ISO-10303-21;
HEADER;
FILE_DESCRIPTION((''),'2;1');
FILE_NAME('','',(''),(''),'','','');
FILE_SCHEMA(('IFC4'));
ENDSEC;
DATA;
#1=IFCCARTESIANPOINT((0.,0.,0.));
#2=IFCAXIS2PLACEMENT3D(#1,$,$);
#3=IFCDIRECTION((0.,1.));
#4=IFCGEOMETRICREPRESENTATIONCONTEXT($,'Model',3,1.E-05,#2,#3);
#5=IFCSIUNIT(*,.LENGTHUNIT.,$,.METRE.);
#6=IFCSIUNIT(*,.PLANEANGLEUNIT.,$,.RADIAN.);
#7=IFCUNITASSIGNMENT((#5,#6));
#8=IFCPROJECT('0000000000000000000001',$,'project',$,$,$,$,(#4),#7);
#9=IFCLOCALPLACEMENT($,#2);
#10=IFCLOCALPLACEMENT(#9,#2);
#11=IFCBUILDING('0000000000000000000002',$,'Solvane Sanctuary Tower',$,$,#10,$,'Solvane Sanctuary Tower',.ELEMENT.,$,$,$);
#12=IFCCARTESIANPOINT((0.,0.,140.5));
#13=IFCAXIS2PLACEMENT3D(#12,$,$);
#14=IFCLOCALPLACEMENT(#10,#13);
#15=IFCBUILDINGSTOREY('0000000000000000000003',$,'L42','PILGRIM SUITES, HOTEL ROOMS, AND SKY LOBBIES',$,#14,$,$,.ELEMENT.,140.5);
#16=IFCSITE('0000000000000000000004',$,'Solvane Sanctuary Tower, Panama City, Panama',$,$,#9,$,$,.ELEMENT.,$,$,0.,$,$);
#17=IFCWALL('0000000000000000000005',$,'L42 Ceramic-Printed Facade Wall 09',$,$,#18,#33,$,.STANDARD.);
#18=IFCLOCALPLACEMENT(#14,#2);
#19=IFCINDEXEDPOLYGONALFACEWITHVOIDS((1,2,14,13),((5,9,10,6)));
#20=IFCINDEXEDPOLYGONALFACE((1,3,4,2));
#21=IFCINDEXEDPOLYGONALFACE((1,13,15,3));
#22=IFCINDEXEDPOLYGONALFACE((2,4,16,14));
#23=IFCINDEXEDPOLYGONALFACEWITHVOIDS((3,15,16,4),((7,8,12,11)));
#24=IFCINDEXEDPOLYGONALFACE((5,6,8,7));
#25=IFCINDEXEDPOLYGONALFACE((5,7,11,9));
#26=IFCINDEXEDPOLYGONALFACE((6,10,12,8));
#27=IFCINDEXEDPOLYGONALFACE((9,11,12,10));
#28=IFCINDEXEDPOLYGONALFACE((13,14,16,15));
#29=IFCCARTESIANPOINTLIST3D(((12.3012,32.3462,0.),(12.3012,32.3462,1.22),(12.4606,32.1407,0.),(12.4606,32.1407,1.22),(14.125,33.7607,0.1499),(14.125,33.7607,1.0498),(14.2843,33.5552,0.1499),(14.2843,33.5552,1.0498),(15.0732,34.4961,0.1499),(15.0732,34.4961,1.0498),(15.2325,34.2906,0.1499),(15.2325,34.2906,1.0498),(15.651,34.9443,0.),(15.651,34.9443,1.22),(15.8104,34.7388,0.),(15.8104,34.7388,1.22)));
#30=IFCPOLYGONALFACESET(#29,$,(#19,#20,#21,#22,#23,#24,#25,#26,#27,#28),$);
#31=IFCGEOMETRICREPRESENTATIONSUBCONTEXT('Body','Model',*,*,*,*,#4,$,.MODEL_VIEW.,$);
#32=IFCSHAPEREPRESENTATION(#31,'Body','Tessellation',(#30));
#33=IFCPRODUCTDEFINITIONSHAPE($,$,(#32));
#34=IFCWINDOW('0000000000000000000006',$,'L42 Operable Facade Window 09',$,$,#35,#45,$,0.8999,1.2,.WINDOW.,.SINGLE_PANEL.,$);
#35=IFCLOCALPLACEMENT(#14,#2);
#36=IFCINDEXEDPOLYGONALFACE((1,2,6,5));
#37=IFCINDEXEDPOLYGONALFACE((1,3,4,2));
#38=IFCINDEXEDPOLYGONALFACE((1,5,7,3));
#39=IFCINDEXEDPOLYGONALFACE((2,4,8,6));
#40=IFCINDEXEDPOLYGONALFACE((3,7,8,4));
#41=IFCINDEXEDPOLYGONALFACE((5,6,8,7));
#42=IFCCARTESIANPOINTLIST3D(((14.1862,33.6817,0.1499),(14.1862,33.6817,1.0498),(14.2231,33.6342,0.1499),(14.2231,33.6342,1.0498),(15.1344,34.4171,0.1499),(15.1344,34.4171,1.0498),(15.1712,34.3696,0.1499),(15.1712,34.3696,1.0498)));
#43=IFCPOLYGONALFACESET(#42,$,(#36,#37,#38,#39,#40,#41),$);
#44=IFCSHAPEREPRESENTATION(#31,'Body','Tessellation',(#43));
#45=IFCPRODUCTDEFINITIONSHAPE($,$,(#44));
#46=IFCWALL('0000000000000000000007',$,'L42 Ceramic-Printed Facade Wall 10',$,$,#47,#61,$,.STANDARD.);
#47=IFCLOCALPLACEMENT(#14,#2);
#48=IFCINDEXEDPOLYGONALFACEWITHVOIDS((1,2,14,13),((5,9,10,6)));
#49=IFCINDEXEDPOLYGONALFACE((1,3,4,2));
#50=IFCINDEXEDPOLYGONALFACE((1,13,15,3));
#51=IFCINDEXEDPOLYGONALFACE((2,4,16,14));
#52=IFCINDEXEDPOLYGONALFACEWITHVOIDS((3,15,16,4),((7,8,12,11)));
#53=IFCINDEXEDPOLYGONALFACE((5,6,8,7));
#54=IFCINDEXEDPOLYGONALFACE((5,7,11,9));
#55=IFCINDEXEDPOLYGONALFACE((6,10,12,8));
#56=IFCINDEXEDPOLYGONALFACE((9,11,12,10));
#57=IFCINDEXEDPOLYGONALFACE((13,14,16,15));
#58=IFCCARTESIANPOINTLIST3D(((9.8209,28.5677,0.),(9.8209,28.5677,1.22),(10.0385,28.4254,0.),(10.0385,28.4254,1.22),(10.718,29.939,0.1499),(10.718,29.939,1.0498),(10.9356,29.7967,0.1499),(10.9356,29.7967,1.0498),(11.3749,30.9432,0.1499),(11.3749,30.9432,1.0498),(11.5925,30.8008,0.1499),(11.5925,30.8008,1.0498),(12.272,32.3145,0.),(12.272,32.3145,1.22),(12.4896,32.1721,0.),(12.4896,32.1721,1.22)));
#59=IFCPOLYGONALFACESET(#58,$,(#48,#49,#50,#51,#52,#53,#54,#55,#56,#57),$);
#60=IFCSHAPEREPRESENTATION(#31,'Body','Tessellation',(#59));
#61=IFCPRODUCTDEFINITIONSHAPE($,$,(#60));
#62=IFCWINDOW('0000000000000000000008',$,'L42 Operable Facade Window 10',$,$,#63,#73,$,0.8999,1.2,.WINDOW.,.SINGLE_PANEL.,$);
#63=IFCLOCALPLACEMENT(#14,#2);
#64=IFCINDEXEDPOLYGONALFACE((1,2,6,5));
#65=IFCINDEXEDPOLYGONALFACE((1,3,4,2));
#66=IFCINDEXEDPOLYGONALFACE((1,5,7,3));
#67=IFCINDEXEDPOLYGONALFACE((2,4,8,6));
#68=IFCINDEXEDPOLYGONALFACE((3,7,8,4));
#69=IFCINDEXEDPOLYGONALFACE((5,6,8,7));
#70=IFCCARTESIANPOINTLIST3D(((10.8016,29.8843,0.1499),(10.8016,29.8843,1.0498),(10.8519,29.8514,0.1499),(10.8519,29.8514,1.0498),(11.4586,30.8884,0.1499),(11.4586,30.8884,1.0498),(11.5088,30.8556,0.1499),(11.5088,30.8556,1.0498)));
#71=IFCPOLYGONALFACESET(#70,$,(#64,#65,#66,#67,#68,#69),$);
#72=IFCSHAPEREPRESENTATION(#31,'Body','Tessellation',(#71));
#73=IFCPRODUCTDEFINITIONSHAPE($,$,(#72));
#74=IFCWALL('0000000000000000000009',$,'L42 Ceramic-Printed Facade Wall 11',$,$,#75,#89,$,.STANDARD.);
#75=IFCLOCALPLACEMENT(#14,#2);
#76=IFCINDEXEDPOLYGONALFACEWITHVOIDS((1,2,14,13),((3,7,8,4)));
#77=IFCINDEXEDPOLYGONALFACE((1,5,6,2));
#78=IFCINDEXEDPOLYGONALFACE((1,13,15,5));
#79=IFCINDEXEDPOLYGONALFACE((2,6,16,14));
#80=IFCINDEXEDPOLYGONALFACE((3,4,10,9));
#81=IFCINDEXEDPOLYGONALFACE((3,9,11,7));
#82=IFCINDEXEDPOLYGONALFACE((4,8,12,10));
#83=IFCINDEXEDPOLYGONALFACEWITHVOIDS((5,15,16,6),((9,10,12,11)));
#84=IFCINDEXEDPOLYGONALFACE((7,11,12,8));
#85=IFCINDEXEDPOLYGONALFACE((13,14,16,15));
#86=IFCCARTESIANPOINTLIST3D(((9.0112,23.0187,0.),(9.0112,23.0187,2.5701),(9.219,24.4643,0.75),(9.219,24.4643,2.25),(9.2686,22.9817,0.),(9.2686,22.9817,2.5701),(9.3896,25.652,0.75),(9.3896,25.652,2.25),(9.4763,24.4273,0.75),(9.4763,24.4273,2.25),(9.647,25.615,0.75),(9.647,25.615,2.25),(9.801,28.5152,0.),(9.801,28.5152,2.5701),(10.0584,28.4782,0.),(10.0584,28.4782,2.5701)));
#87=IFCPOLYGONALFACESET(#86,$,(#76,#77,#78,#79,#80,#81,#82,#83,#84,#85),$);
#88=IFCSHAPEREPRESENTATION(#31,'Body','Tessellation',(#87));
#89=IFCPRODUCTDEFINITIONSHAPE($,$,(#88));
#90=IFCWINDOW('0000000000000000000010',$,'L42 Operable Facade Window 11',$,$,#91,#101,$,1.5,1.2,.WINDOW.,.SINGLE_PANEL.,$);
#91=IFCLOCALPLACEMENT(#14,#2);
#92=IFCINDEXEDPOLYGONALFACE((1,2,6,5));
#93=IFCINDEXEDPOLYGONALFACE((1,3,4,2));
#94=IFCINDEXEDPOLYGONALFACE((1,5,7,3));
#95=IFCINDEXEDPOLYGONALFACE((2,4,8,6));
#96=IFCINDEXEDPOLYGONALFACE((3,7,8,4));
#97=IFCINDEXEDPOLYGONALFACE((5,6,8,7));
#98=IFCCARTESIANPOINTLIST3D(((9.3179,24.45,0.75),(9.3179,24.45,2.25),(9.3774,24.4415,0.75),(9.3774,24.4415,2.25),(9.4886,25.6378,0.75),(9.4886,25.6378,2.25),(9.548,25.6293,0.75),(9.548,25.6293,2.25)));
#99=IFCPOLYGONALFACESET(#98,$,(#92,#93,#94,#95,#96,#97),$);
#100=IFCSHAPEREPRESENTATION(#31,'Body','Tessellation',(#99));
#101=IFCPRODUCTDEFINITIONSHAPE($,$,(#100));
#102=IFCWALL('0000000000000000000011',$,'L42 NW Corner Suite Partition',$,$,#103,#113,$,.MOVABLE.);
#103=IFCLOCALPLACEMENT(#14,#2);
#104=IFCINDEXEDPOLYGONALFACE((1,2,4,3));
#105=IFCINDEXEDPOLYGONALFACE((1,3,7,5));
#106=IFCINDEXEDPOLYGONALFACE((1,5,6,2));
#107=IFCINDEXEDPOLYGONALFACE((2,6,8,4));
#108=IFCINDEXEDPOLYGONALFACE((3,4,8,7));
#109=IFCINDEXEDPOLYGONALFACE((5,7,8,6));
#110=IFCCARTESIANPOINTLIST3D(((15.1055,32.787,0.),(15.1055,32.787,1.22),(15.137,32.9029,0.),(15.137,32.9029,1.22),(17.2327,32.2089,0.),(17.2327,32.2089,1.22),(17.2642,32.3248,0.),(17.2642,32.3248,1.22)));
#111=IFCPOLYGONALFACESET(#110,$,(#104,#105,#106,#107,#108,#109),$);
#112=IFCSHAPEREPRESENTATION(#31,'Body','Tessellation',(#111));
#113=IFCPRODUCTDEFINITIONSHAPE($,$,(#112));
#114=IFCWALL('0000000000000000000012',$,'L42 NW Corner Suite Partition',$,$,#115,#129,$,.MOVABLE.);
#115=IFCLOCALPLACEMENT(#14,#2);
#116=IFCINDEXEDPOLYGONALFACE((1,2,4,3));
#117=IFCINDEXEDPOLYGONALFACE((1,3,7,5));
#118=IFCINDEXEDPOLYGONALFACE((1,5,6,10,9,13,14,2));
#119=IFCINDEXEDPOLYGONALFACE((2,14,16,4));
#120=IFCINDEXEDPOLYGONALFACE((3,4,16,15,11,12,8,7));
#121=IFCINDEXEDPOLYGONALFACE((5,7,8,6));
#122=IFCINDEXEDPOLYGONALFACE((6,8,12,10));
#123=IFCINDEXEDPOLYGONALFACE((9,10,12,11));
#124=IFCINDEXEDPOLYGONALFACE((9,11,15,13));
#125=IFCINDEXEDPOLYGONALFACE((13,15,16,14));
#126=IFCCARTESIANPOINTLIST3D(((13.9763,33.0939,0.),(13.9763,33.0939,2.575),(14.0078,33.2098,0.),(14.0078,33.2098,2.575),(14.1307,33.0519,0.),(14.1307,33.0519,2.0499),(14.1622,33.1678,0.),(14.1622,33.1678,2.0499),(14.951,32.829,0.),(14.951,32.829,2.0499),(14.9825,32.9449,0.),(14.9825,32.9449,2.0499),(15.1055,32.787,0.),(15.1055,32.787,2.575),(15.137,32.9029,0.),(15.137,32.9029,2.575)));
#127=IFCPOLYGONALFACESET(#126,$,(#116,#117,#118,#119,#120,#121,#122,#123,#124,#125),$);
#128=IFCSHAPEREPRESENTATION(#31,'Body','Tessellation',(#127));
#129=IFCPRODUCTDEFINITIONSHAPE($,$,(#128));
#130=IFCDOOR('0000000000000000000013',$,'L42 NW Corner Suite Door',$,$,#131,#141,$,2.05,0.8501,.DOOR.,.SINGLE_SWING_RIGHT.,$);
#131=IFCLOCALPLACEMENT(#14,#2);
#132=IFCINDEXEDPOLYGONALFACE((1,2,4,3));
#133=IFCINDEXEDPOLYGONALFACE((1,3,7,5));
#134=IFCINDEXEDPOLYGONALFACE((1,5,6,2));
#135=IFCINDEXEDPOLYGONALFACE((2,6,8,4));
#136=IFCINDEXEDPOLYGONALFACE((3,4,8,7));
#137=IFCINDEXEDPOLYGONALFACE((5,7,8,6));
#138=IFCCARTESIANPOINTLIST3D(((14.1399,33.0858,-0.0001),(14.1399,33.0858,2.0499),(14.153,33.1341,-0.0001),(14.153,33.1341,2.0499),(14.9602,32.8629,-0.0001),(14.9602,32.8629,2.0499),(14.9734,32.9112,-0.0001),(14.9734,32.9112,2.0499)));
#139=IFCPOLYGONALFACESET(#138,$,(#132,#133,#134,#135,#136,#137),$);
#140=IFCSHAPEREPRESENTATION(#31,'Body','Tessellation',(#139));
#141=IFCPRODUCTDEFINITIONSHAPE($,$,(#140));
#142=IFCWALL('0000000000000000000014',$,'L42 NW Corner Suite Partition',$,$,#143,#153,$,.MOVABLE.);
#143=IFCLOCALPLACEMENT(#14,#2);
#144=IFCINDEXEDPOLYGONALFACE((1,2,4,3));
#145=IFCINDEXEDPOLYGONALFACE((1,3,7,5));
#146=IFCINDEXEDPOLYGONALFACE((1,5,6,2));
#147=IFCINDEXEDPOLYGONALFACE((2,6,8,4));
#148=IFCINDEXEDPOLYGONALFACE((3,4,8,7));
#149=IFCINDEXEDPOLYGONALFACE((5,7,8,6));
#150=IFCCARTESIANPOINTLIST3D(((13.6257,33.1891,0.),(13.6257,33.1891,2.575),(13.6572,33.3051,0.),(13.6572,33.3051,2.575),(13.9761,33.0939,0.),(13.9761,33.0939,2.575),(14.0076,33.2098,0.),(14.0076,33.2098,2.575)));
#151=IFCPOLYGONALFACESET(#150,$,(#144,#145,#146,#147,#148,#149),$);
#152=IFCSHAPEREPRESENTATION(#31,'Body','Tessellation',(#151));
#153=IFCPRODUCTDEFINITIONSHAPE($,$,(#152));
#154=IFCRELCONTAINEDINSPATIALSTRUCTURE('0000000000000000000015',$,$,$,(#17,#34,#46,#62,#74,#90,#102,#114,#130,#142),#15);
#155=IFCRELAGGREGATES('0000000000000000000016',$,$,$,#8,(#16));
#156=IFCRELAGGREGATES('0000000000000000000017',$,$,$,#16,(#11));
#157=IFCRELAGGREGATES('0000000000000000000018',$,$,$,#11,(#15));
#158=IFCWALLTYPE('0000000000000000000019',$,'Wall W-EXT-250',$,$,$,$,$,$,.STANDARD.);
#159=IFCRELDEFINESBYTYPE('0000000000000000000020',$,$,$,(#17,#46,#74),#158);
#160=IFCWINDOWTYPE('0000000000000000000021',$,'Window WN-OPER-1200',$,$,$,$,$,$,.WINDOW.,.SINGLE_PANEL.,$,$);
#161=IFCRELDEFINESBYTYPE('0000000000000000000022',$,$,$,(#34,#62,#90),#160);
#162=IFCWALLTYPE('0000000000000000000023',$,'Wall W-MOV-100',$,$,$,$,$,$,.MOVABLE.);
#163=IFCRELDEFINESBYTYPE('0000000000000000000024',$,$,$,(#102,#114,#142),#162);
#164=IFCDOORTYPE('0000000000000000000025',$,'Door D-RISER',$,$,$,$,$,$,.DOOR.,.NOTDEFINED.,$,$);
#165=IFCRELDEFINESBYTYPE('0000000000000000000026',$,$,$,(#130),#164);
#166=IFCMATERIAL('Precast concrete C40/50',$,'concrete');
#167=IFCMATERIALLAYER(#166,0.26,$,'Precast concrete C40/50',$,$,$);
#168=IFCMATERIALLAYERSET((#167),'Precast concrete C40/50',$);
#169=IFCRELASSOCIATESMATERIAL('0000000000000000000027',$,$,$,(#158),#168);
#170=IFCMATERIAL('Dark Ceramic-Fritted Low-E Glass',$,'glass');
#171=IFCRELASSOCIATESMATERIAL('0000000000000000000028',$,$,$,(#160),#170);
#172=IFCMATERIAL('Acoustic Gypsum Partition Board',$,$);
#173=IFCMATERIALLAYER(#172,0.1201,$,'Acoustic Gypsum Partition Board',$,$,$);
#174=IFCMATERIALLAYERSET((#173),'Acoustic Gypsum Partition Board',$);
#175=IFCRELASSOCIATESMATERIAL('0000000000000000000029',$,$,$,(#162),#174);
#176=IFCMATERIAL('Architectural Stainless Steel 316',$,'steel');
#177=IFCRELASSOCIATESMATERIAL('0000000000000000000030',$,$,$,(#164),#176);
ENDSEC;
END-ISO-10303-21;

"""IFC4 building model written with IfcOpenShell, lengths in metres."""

from ifc_helpers import new_model, si_unit, direction, frame, frame_2d, origin, place, context, subcontext, project, spatial, rectangle, extrude, material, layer, layer_set, type_object, element, fill, save


model = new_model("IFC4")

# Units and contexts
model_context = context("Model", 3, precision=1e-05, world=origin(), true_north=direction((0.0, 1.0)))
body_context = subcontext(model_context, "Body", "Model", "MODEL_VIEW")
ifc_project = project(units=[si_unit("LENGTHUNIT", "METRE"), si_unit("PLANEANGLEUNIT", "RADIAN")], contexts=[model_context])

# Site, building, storey
site_placement = place(None, origin())
site = spatial("IfcSite", under=ifc_project, at=site_placement, Name="Solvane Sanctuary Tower, Panama City, Panama", CompositionType="ELEMENT", RefElevation=0.0)
building_placement = place(site_placement, origin())
building = spatial("IfcBuilding", under=site, at=building_placement, Name="Solvane Sanctuary Tower", LongName="Solvane Sanctuary Tower", CompositionType="ELEMENT")
storey_placement = place(building_placement, frame((0.0, 0.0, 140.5)))
storey = spatial("IfcBuildingStorey", under=building, at=storey_placement, Name="L42", Description="PILGRIM SUITES, HOTEL ROOMS, AND SKY LOBBIES", CompositionType="ELEMENT", Elevation=140.5)

# Shared definitions
ifc_material_1 = material(Name="Acoustic Gypsum Partition Board")

# Shared definitions
ifc_material_2 = material(Name="Precast concrete C40/50", Category="concrete")
ifc_layer_1 = layer(ifc_material_2, 0.26, Name="Precast concrete C40/50")
ifc_layer_set_1 = layer_set([ifc_layer_1], Name="Precast concrete C40/50")
wall_type_1 = type_object("IfcWallType", Name="Wall W-EXT-250", PredefinedType="STANDARD", material=ifc_layer_set_1)

# Walls, openings, windows
wall_1_placement = place(storey_placement, frame((15.7307, 34.8416, 0.0), z_axis=(0.0, 0.0, 1.0), x_axis=(-0.790186, -0.612868, 0.0)))
wall_1 = element("IfcWall", 1, at=wall_1_placement, inside=storey, type_object=wall_type_1, Name="L42 Ceramic-Printed Facade Wall 09", PredefinedType="STANDARD", context=body_context, shape_type="SweptSolid", body=[
    extrude(rectangle(XDim=4.2393, YDim=0.26, at=frame_2d((2.1196, 0.0))), origin(), (0.0, 0.0, 1.0), 1.22),
])
opening_1_placement = place(wall_1_placement, frame((0.7312, 0.0, 0.1499)))
opening_1 = element("IfcOpeningElement", 2, at=opening_1_placement, cuts=wall_1, PredefinedType="OPENING", context=body_context, shape_type="SweptSolid", body=[
    extrude(rectangle(XDim=1.2, YDim=0.8999, at=frame_2d((0.6001, 0.45))), frame((0.0, 0.1399, 0.0), z_axis=(0.0, -1.0, 0.0), x_axis=(1.0, 0.0, 0.0)), (0.0, 0.0, 1.0), 0.28),
])
ifc_material_3 = material(Name="Dark Ceramic-Fritted Low-E Glass", Category="glass")
window_type = type_object("IfcWindowType", Name="Window WN-OPER-1200", PartitioningType="SINGLE_PANEL", PredefinedType="WINDOW", material=ifc_material_3)
window_1_placement = place(opening_1_placement, origin())
window_1 = element("IfcWindow", 3, at=window_1_placement, inside=storey, type_object=window_type, Name="L42 Operable Facade Window 09", OverallHeight=0.8999, OverallWidth=1.2, PartitioningType="SINGLE_PANEL", PredefinedType="WINDOW", context=body_context, shape_type="SweptSolid", body=[
    extrude(rectangle(XDim=1.2, YDim=0.8999, at=frame_2d((0.6001, 0.45))), frame((0.0, 0.03, 0.0), z_axis=(0.0, -1.0, 0.0), x_axis=(1.0, 0.0, 0.0)), (0.0, 0.0, 1.0), 0.0601),
])
fill(opening_1, window_1)
wall_2_placement = place(storey_placement, frame((12.3809, 32.2434, 0.0), z_axis=(0.0, 0.0, 1.0), x_axis=(-0.547456, -0.836834, 0.0)))
wall_2 = element("IfcWall", 4, at=wall_2_placement, inside=storey, type_object=wall_type_1, Name="L42 Ceramic-Printed Facade Wall 10", PredefinedType="STANDARD", context=body_context, shape_type="SweptSolid", body=[
    extrude(rectangle(XDim=4.4773, YDim=0.26, at=frame_2d((2.2388, 0.0))), origin(), (0.0, 0.0, 1.0), 1.22),
])
opening_2_placement = place(wall_2_placement, frame((1.6387, 0.0, 0.1499)))
opening_2 = element("IfcOpeningElement", 5, at=opening_2_placement, cuts=wall_2, PredefinedType="OPENING", context=body_context, shape_type="SweptSolid", body=[
    extrude(rectangle(XDim=1.2, YDim=0.8999, at=frame_2d((0.6001, 0.45))), frame((0.0, 0.1399, 0.0), z_axis=(0.0, -1.0, 0.0), x_axis=(1.0, 0.0, 0.0)), (0.0, 0.0, 1.0), 0.28),
])
window_2_placement = place(opening_2_placement, origin())
window_2 = element("IfcWindow", 6, at=window_2_placement, inside=storey, type_object=window_type, Name="L42 Operable Facade Window 10", OverallHeight=0.8999, OverallWidth=1.2, PartitioningType="SINGLE_PANEL", PredefinedType="WINDOW", context=body_context, shape_type="SweptSolid", body=[
    extrude(rectangle(XDim=1.2, YDim=0.8999, at=frame_2d((0.6001, 0.45))), frame((0.0, 0.03, 0.0), z_axis=(0.0, -1.0, 0.0), x_axis=(1.0, 0.0, 0.0)), (0.0, 0.0, 1.0), 0.0601),
])
fill(opening_2, window_2)
wall_3_placement = place(storey_placement, frame((9.9297, 28.4966, 0.0), z_axis=(0.0, 0.0, 1.0), x_axis=(-0.142228, -0.989834, 0.0)))
wall_3 = element("IfcWall", 7, at=wall_3_placement, inside=storey, type_object=wall_type_1, Name="L42 Ceramic-Printed Facade Wall 11", PredefinedType="STANDARD", context=body_context, shape_type="SweptSolid", body=[
    extrude(rectangle(XDim=5.553, YDim=0.26, at=frame_2d((2.7764, 0.0))), origin(), (0.0, 0.0, 1.0), 2.5701),
])
opening_3_placement = place(wall_3_placement, frame((2.8923, 0.0, 0.75)))
opening_3 = element("IfcOpeningElement", 8, at=opening_3_placement, cuts=wall_3, PredefinedType="OPENING", context=body_context, shape_type="SweptSolid", body=[
    extrude(rectangle(XDim=1.2, YDim=1.5, at=frame_2d((0.6001, 0.75))), frame((0.0, 0.1399, 0.0), z_axis=(0.0, -1.0, 0.0), x_axis=(1.0, 0.0, 0.0)), (0.0, 0.0, 1.0), 0.28),
])
window_3_placement = place(opening_3_placement, origin())
window_3 = element("IfcWindow", 9, at=window_3_placement, inside=storey, type_object=window_type, Name="L42 Operable Facade Window 11", OverallHeight=1.5, OverallWidth=1.2, PartitioningType="SINGLE_PANEL", PredefinedType="WINDOW", context=body_context, shape_type="SweptSolid", body=[
    extrude(rectangle(XDim=1.2, YDim=1.5, at=frame_2d((0.6001, 0.75))), frame((0.0, 0.03, 0.0), z_axis=(0.0, -1.0, 0.0), x_axis=(1.0, 0.0, 0.0)), (0.0, 0.0, 1.0), 0.0601),
])
fill(opening_3, window_3)

# Wall
ifc_layer_2 = layer(ifc_material_1, 0.1201, Name="Acoustic Gypsum Partition Board")
ifc_layer_set_2 = layer_set([ifc_layer_2], Name="Acoustic Gypsum Partition Board")
wall_type_2 = type_object("IfcWallType", Name="Wall W-MOV-100", PredefinedType="MOVABLE", material=ifc_layer_set_2)
wall_4_placement = place(storey_placement, frame((17.2483, 32.2668, 0.0), z_axis=(0.0, 0.0, 1.0), x_axis=(-0.964996, 0.262265, 0.0)))
element("IfcWall", 10, at=wall_4_placement, inside=storey, type_object=wall_type_2, Name="L42 NW Corner Suite Partition", PredefinedType="MOVABLE", context=body_context, shape_type="SweptSolid", body=[
    extrude(rectangle(XDim=2.2043, YDim=0.1201, at=frame_2d((1.1021, 0.0))), origin(), (0.0, 0.0, 1.0), 1.22),
])

# Wall, opening, door
wall_5_placement = place(storey_placement, frame((15.1211, 32.845, 0.0), z_axis=(0.0, 0.0, 1.0), x_axis=(-0.964995, 0.26227, 0.0)))
wall_5 = element("IfcWall", 11, at=wall_5_placement, inside=storey, type_object=wall_type_2, Name="L42 NW Corner Suite Partition", PredefinedType="MOVABLE", context=body_context, shape_type="SweptSolid", body=[
    extrude(rectangle(XDim=1.1702, YDim=0.1201, at=frame_2d((0.585, 0.0))), origin(), (0.0, 0.0, 1.0), 2.575),
])
opening_4_placement = place(wall_5_placement, frame((0.1599, 0.0, 0.0)))
opening_4 = element("IfcOpeningElement", 12, at=opening_4_placement, cuts=wall_5, PredefinedType="OPENING", context=body_context, shape_type="SweptSolid", body=[
    extrude(rectangle(XDim=0.8501, YDim=2.05, at=frame_2d((0.425, 1.0249))), frame((0.0, 0.0701, 0.0), z_axis=(0.0, -1.0, 0.0), x_axis=(1.0, 0.0, 0.0)), (0.0, 0.0, 1.0), 0.1401),
])
ifc_material_4 = material(Name="Architectural Stainless Steel 316", Category="steel")
door_type_1 = type_object("IfcDoorType", Name="Door D-RISER", OperationType="NOTDEFINED", PredefinedType="DOOR", material=ifc_material_4)
door_1_placement = place(opening_4_placement, origin())
door_1 = element("IfcDoor", 13, at=door_1_placement, inside=storey, type_object=door_type_1, Name="L42 NW Corner Suite Door", OperationType="SINGLE_SWING_RIGHT", OverallHeight=2.05, OverallWidth=0.8501, PredefinedType="DOOR", context=body_context, shape_type="SweptSolid", body=[
    extrude(rectangle(XDim=0.8501, YDim=2.05, at=frame_2d((0.425, 1.0249))), frame((0.0, 0.0249, 0.0), z_axis=(0.0, -1.0, 0.0), x_axis=(1.0, 0.0, 0.0)), (0.0, 0.0, 1.0), 0.05),
])
fill(opening_4, door_1)

# Wall
wall_6_placement = place(storey_placement, frame((13.9919, 33.1519, 0.0), z_axis=(0.0, 0.0, 1.0), x_axis=(-0.964996, 0.262264, 0.0)))
element("IfcWall", 14, at=wall_6_placement, inside=storey, type_object=wall_type_2, Name="L42 NW Corner Suite Partition", PredefinedType="MOVABLE", context=body_context, shape_type="SweptSolid", body=[
    extrude(rectangle(XDim=0.363, YDim=0.1201, at=frame_2d((0.1816, 0.0))), origin(), (0.0, 0.0, 1.0), 2.575),
])

save(model, "model.ifc")
